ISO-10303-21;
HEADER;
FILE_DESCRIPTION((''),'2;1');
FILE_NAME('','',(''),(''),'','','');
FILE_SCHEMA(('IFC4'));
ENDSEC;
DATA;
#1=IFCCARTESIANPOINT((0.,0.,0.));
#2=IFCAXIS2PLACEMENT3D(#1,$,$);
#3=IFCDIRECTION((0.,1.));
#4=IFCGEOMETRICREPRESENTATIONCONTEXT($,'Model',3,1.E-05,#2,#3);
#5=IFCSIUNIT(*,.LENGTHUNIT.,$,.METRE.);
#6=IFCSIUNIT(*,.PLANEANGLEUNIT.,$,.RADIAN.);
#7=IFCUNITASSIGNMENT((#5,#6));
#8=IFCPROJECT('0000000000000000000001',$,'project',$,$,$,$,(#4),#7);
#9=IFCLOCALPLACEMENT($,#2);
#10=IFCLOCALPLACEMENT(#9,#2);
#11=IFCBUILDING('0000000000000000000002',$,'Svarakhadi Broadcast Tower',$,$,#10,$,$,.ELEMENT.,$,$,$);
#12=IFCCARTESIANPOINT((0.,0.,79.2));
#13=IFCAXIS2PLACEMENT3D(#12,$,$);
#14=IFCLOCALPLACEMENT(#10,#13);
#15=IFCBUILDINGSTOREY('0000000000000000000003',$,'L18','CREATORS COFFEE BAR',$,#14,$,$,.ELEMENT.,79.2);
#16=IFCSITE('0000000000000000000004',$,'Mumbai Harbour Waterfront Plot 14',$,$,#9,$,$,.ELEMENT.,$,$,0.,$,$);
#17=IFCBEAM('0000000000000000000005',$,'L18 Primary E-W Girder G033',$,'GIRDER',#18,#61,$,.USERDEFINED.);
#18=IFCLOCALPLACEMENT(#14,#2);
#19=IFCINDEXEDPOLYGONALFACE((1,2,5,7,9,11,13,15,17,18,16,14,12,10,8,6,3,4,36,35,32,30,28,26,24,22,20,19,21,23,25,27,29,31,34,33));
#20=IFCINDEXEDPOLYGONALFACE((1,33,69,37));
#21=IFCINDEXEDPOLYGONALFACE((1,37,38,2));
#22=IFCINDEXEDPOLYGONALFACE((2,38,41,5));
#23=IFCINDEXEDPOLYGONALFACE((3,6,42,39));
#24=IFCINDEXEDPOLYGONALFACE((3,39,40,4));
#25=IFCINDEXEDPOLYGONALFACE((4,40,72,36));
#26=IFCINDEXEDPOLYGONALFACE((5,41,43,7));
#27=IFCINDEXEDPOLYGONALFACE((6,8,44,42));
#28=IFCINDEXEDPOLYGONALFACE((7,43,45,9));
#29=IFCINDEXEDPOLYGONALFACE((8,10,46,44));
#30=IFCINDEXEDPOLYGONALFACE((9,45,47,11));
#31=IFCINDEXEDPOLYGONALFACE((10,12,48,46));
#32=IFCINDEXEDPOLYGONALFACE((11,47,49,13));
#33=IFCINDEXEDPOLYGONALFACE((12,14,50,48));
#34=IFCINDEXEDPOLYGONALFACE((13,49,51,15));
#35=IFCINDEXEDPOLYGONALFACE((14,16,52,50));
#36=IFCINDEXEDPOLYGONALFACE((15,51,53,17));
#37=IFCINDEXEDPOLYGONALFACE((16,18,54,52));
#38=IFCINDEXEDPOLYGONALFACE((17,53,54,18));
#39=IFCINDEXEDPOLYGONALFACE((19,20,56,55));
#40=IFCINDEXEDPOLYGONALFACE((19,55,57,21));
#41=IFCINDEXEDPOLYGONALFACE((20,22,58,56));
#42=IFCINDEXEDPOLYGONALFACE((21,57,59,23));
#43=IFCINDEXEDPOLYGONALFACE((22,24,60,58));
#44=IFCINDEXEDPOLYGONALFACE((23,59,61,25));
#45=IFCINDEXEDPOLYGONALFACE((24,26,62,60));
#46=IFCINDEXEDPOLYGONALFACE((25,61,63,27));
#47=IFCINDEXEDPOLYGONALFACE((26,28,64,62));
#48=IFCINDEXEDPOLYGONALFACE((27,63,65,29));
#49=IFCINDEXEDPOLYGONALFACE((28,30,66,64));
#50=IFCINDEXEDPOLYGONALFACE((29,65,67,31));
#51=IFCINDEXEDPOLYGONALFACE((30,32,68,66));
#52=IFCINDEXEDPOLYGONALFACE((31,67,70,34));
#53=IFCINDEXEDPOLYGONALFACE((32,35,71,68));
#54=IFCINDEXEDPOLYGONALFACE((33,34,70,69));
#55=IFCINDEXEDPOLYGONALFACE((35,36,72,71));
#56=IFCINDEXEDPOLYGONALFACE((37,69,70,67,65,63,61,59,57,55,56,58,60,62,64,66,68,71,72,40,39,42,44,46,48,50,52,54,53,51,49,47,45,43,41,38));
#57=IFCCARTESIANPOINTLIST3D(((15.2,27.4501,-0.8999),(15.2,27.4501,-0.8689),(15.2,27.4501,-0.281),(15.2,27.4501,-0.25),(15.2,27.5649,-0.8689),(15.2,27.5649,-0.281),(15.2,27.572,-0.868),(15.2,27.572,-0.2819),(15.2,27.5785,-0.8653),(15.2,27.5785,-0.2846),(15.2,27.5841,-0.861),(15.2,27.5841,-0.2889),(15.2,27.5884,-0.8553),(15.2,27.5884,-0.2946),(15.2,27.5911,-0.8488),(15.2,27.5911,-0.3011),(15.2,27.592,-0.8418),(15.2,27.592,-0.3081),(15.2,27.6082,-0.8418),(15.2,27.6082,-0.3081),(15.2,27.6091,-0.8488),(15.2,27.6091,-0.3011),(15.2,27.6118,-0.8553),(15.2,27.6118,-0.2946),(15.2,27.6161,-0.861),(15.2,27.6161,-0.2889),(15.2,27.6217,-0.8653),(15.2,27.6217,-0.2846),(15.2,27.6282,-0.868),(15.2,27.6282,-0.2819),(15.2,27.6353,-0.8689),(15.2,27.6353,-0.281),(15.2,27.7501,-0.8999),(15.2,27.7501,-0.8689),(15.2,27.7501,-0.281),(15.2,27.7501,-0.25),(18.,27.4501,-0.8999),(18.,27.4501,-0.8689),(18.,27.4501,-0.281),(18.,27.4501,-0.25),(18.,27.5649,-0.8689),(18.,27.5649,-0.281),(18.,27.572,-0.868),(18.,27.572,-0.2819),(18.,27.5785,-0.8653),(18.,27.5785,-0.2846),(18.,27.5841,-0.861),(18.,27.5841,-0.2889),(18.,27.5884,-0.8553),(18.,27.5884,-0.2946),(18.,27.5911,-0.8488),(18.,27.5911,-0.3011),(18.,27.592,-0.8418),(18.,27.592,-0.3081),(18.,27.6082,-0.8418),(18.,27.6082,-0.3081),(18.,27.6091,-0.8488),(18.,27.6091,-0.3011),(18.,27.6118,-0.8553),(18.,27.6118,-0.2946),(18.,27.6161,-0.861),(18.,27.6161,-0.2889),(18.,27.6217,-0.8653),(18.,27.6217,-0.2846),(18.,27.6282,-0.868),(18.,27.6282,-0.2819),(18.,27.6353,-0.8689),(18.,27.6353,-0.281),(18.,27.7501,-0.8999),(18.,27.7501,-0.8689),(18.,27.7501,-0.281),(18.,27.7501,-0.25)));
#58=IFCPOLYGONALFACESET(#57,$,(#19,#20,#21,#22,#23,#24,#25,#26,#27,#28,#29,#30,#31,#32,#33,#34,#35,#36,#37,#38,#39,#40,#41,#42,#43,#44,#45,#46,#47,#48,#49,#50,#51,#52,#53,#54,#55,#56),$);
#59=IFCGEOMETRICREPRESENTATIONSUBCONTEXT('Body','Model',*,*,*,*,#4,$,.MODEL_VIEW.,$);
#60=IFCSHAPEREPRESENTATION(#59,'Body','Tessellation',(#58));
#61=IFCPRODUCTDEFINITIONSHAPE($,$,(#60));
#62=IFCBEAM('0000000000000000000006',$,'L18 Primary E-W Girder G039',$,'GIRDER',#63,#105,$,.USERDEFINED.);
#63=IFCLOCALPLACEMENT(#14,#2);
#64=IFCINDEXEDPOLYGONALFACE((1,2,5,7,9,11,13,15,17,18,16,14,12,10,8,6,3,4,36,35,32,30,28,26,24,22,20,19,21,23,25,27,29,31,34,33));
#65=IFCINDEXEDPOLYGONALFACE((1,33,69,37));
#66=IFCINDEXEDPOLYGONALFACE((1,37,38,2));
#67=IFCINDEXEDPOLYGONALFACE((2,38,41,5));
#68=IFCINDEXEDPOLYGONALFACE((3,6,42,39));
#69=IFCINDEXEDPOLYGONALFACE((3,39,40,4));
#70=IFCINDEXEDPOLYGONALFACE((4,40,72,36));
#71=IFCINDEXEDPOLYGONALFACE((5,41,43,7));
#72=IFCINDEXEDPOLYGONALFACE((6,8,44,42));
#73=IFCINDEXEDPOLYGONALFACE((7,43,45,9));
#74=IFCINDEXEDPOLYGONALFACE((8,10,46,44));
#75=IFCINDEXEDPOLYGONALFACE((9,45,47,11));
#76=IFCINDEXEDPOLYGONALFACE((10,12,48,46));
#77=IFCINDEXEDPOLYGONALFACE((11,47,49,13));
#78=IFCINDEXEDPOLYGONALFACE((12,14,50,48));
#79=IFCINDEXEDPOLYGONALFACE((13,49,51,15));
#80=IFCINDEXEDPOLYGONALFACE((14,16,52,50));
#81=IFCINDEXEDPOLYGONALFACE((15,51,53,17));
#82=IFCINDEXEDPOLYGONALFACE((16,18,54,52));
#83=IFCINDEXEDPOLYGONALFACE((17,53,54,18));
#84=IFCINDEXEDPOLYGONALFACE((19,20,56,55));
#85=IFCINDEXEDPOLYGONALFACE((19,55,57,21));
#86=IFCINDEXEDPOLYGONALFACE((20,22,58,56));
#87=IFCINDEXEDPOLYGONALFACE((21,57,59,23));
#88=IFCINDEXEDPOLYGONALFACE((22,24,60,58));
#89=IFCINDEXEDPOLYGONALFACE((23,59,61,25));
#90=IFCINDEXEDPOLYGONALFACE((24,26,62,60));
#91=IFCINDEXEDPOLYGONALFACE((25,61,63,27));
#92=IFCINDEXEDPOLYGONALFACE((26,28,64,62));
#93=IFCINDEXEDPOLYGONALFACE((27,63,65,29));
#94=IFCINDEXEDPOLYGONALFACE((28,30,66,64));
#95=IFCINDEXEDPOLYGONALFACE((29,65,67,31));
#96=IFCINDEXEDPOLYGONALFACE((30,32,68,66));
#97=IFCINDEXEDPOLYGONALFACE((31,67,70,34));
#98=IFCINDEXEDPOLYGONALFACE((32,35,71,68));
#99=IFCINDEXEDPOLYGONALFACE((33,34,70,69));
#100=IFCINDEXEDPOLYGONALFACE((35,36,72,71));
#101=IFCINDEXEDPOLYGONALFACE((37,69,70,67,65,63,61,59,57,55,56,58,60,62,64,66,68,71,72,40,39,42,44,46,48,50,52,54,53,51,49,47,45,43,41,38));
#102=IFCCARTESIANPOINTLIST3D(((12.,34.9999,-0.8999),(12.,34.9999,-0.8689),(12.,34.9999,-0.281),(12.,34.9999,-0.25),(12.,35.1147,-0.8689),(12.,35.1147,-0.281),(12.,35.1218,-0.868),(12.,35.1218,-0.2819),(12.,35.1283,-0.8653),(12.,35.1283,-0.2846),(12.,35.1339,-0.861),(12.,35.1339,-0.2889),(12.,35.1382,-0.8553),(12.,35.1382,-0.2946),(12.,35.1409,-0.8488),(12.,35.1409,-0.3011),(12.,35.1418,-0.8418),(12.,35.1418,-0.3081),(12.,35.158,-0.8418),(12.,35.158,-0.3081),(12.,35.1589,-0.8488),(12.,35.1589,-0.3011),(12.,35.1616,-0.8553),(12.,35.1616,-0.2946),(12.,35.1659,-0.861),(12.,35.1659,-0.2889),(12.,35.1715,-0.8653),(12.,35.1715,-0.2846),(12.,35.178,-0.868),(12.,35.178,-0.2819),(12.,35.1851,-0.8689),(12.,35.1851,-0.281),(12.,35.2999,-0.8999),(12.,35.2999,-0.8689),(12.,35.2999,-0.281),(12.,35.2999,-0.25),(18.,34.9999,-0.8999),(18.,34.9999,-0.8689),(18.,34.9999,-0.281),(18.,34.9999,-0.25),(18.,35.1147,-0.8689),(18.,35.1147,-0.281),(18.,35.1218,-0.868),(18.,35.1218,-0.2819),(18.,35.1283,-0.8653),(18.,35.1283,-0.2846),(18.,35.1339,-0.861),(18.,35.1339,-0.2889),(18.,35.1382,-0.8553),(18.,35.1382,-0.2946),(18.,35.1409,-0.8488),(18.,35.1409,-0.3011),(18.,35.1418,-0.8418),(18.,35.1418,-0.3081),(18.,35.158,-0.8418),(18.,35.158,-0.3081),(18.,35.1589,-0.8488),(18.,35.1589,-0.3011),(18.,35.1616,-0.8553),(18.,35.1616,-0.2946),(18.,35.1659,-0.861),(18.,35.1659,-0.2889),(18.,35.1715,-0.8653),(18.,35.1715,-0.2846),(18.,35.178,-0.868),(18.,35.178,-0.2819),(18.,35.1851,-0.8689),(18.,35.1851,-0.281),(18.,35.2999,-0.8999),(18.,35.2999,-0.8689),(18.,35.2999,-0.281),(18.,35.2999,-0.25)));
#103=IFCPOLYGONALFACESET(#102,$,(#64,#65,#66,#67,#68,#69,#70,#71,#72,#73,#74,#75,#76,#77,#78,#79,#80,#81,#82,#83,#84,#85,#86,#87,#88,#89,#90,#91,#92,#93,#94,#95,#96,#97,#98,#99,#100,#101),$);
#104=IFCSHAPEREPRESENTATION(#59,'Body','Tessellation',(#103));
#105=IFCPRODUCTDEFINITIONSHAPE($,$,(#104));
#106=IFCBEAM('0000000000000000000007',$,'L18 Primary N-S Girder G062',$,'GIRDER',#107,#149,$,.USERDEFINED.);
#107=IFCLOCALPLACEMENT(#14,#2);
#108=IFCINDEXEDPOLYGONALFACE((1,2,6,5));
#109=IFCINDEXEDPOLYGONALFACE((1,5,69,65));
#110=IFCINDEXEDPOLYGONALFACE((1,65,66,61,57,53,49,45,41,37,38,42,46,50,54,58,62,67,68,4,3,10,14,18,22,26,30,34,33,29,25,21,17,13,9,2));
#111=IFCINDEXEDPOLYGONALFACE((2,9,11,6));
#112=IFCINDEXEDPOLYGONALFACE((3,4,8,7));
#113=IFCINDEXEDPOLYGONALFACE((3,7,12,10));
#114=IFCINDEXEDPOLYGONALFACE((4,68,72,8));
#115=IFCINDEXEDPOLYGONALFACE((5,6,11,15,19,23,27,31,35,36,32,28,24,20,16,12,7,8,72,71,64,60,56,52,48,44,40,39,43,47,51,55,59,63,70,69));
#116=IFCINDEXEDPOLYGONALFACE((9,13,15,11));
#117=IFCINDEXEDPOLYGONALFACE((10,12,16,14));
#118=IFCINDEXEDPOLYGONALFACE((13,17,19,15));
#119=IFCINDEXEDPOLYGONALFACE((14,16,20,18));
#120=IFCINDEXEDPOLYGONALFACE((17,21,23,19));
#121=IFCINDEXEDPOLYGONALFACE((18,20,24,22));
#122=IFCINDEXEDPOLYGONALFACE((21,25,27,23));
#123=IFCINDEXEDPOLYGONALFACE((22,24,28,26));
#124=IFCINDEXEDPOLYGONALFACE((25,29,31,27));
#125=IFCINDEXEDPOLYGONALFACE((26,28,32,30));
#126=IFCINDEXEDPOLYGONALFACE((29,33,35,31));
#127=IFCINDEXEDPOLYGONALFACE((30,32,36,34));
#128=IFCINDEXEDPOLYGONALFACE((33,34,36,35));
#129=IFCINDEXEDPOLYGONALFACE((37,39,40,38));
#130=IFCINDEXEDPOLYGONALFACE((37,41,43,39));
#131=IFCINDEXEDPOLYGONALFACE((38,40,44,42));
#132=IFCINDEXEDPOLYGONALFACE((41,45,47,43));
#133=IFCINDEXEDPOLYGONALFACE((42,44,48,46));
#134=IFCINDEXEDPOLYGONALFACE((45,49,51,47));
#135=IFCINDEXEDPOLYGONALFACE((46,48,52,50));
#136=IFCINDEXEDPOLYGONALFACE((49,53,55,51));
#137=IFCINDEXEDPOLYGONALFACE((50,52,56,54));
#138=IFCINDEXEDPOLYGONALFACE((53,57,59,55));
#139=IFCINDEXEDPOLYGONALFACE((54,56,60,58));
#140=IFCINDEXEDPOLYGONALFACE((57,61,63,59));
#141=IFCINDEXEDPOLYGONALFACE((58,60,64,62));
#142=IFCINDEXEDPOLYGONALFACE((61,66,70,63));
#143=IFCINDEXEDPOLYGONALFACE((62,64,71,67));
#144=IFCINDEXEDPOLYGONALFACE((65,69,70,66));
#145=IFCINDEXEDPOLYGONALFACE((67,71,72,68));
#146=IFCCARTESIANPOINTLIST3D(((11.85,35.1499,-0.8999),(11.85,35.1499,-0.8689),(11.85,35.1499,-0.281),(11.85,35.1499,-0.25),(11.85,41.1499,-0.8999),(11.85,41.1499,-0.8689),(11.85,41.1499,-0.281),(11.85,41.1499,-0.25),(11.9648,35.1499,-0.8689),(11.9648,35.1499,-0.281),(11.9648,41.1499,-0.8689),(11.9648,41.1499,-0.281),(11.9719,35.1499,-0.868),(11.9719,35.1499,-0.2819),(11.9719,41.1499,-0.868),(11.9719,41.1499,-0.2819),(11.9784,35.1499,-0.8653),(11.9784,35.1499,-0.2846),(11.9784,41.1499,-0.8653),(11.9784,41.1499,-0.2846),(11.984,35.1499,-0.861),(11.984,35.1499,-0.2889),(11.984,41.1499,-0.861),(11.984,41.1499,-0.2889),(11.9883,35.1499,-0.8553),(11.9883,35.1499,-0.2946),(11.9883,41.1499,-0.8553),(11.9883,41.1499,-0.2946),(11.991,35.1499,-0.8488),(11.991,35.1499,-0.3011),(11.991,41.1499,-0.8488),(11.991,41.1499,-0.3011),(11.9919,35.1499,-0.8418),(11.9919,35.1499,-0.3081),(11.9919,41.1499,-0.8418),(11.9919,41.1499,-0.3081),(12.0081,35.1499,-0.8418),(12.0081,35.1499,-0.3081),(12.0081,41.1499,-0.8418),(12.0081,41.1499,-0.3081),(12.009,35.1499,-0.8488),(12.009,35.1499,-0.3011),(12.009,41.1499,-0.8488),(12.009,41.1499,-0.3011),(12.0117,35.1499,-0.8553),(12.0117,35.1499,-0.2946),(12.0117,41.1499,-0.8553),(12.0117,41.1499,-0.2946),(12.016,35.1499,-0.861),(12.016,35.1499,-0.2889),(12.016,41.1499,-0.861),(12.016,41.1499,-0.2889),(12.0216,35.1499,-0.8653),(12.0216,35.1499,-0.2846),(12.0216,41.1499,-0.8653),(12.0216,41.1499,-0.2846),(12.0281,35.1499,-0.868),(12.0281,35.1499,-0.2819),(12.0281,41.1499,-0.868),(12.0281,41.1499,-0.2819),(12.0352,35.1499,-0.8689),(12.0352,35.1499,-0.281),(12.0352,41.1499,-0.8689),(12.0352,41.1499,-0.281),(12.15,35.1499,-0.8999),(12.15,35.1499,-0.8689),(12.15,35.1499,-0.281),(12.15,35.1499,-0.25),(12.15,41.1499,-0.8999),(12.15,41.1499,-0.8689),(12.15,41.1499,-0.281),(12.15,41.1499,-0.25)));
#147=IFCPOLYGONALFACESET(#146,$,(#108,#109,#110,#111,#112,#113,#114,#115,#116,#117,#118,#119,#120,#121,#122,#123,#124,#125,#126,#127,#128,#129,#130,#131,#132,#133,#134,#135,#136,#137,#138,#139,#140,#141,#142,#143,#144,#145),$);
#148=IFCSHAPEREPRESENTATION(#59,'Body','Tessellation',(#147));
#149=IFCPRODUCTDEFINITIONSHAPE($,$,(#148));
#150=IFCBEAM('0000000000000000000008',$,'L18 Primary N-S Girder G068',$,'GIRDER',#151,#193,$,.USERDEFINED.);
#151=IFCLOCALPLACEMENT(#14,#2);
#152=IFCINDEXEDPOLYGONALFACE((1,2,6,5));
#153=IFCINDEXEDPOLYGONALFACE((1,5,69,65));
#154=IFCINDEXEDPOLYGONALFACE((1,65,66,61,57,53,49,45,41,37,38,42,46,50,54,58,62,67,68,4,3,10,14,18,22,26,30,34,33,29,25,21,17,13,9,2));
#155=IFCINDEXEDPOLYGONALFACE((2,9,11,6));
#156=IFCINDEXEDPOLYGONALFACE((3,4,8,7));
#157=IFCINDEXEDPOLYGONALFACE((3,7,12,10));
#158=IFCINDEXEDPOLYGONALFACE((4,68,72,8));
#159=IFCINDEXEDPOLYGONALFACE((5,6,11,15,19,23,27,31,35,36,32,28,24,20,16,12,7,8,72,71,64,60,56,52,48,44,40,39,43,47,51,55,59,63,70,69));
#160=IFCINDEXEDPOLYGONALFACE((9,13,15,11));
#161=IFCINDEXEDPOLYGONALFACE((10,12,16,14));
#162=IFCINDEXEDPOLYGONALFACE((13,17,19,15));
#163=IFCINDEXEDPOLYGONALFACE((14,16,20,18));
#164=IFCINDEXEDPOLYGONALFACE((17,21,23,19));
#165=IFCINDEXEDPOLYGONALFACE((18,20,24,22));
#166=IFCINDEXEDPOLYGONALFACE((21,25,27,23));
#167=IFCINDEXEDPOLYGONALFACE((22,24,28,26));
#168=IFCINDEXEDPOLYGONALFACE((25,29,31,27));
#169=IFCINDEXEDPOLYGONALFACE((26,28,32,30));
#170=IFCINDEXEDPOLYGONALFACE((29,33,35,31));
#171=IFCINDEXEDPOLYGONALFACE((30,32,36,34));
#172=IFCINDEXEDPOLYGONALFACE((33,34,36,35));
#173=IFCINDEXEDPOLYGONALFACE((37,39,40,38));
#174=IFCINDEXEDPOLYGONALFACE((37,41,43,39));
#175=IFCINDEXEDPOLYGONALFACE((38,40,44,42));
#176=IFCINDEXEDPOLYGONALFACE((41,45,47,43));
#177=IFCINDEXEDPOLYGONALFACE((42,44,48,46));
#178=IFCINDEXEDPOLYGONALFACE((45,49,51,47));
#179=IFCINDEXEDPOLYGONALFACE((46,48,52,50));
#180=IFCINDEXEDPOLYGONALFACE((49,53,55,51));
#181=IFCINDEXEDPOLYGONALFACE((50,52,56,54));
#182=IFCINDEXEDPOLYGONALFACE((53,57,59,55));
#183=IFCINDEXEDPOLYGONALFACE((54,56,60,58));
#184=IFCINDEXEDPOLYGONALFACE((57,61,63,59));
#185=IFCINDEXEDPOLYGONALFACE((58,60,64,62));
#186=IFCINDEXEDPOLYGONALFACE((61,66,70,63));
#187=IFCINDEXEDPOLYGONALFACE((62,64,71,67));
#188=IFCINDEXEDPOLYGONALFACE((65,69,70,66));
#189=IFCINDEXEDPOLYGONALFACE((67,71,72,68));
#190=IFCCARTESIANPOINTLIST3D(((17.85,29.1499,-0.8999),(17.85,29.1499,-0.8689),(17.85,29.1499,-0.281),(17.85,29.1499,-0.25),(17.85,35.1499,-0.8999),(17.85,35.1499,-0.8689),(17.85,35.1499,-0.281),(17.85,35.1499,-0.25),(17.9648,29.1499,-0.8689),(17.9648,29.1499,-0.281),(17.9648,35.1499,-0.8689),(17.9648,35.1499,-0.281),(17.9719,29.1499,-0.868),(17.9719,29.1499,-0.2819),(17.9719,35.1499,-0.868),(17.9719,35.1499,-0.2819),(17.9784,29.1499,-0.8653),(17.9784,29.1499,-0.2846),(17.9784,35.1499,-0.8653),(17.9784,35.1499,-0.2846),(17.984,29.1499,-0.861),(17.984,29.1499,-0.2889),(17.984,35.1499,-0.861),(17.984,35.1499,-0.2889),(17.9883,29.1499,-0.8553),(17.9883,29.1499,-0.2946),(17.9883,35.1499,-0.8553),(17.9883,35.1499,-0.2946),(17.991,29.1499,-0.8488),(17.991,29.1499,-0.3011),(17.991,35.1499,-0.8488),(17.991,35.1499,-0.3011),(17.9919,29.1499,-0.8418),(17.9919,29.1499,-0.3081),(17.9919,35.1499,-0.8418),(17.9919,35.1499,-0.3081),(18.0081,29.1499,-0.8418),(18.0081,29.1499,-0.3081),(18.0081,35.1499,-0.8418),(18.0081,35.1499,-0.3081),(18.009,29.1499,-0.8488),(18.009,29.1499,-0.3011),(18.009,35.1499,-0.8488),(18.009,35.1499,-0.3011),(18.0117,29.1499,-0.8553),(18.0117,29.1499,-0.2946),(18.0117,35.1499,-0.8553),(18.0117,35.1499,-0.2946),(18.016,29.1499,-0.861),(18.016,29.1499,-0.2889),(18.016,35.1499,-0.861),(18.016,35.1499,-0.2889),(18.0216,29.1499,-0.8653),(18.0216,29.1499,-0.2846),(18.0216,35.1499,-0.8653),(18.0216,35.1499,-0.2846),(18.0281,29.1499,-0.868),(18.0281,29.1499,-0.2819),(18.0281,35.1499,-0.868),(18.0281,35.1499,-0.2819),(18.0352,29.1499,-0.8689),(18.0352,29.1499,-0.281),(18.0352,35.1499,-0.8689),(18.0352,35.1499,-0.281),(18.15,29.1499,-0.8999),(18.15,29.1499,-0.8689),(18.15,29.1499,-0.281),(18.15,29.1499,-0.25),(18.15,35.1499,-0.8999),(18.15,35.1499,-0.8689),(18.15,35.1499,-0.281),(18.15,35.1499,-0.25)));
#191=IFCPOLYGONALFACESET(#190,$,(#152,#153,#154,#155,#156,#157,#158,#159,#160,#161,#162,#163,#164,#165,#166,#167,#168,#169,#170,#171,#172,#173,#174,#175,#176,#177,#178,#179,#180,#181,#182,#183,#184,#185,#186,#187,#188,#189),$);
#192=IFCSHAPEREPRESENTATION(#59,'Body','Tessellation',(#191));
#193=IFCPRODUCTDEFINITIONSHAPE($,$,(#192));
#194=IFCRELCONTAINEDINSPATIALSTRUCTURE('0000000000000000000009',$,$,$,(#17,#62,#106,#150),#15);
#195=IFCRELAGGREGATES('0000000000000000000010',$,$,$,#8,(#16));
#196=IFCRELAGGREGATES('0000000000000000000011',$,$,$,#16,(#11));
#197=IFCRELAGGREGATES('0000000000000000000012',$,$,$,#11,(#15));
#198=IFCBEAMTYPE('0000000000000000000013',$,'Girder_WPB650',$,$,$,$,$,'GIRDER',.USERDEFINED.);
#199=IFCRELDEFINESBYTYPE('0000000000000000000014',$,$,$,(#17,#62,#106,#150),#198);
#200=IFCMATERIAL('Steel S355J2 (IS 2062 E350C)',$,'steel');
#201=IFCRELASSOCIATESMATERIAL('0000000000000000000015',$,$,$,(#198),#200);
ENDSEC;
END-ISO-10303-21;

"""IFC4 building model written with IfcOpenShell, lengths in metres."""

from ifc_helpers import new_model, si_unit, direction, frame, origin, origin_2d, place, context, subcontext, project, spatial, i_section, extrude, material, material_profile, profile_set, type_object, element, save


model = new_model("IFC4")

# Units and contexts
model_context = context("Model", 3, precision=1e-05, world=origin(), true_north=direction((0.0, 1.0)))
body_context = subcontext(model_context, "Body", "Model", "MODEL_VIEW")
ifc_project = project(units=[si_unit("LENGTHUNIT", "METRE"), si_unit("PLANEANGLEUNIT", "RADIAN")], contexts=[model_context])

# Site, building, storey
site_placement = place(None, origin())
site = spatial("IfcSite", under=ifc_project, at=site_placement, Name="Mumbai Harbour Waterfront Plot 14", CompositionType="ELEMENT", RefElevation=0.0)
building_placement = place(site_placement, origin())
building = spatial("IfcBuilding", under=site, at=building_placement, Name="Svarakhadi Broadcast Tower", CompositionType="ELEMENT")
storey_placement = place(building_placement, frame((0.0, 0.0, 79.2)))
storey = spatial("IfcBuildingStorey", under=building, at=storey_placement, Name="L18", Description="CREATORS COFFEE BAR", CompositionType="ELEMENT", Elevation=79.2)

# Beams
ifc_material_1 = material(Name="Steel S355J2 (IS 2062 E350C)", Category="steel")
ifc_material_profile_1 = material_profile(ifc_material_1, i_section(OverallWidth=0.3, OverallDepth=0.6499, WebThickness=0.0161, FlangeThickness=0.031, FilletRadius=0.0271, at=origin_2d()), Name="WPB 650x300x225")
ifc_profile_set_1 = profile_set([ifc_material_profile_1], Name="Steel S355J2 (IS 2062 E350C)")
beam_type_1 = type_object("IfcBeamType", Name="Girder_WPB650", ElementType="GIRDER", PredefinedType="USERDEFINED", material=ifc_profile_set_1)
beam_1_placement = place(storey_placement, frame((15.2, 27.6001, -0.575), z_axis=(1.0, 0.0, 0.0), x_axis=(0.0, 1.0, 0.0)))
element("IfcBeam", 1, at=beam_1_placement, inside=storey, type_object=beam_type_1, Name="L18 Primary E-W Girder G033", ObjectType="GIRDER", PredefinedType="USERDEFINED", context=body_context, shape_type="SweptSolid", body=[
    extrude(i_section(OverallWidth=0.3, OverallDepth=0.6499, WebThickness=0.0161, FlangeThickness=0.031, FilletRadius=0.0271, at=origin_2d()), origin(), (0.0, 0.0, 1.0), 2.8),
])
for number, where, z_axis, x_axis, name in (
    (2, (12.0, 35.1499, -0.575), (1.0, 0.0, 0.0), (0.0, 1.0, 0.0), "L18 Primary E-W Girder G039"),
    (3, (12.0, 35.1499, -0.575), (0.0, 1.0, 0.0), (-1.0, 0.0, 0.0), "L18 Primary N-S Girder G062"),
    (4, (18.0, 29.1499, -0.575), (0.0, 1.0, 0.0), (-1.0, 0.0, 0.0), "L18 Primary N-S Girder G068"),
):
    element("IfcBeam", number, at=place(storey_placement, frame(where, z_axis=z_axis, x_axis=x_axis)), inside=storey, type_object=beam_type_1, Name=name, ObjectType="GIRDER", PredefinedType="USERDEFINED", context=body_context, shape_type="SweptSolid", body=[
        extrude(i_section(OverallWidth=0.3, OverallDepth=0.6499, WebThickness=0.0161, FlangeThickness=0.031, FilletRadius=0.0271, at=origin_2d()), origin(), (0.0, 0.0, 1.0), 6.0),
    ])

save(model, "model.ifc")
